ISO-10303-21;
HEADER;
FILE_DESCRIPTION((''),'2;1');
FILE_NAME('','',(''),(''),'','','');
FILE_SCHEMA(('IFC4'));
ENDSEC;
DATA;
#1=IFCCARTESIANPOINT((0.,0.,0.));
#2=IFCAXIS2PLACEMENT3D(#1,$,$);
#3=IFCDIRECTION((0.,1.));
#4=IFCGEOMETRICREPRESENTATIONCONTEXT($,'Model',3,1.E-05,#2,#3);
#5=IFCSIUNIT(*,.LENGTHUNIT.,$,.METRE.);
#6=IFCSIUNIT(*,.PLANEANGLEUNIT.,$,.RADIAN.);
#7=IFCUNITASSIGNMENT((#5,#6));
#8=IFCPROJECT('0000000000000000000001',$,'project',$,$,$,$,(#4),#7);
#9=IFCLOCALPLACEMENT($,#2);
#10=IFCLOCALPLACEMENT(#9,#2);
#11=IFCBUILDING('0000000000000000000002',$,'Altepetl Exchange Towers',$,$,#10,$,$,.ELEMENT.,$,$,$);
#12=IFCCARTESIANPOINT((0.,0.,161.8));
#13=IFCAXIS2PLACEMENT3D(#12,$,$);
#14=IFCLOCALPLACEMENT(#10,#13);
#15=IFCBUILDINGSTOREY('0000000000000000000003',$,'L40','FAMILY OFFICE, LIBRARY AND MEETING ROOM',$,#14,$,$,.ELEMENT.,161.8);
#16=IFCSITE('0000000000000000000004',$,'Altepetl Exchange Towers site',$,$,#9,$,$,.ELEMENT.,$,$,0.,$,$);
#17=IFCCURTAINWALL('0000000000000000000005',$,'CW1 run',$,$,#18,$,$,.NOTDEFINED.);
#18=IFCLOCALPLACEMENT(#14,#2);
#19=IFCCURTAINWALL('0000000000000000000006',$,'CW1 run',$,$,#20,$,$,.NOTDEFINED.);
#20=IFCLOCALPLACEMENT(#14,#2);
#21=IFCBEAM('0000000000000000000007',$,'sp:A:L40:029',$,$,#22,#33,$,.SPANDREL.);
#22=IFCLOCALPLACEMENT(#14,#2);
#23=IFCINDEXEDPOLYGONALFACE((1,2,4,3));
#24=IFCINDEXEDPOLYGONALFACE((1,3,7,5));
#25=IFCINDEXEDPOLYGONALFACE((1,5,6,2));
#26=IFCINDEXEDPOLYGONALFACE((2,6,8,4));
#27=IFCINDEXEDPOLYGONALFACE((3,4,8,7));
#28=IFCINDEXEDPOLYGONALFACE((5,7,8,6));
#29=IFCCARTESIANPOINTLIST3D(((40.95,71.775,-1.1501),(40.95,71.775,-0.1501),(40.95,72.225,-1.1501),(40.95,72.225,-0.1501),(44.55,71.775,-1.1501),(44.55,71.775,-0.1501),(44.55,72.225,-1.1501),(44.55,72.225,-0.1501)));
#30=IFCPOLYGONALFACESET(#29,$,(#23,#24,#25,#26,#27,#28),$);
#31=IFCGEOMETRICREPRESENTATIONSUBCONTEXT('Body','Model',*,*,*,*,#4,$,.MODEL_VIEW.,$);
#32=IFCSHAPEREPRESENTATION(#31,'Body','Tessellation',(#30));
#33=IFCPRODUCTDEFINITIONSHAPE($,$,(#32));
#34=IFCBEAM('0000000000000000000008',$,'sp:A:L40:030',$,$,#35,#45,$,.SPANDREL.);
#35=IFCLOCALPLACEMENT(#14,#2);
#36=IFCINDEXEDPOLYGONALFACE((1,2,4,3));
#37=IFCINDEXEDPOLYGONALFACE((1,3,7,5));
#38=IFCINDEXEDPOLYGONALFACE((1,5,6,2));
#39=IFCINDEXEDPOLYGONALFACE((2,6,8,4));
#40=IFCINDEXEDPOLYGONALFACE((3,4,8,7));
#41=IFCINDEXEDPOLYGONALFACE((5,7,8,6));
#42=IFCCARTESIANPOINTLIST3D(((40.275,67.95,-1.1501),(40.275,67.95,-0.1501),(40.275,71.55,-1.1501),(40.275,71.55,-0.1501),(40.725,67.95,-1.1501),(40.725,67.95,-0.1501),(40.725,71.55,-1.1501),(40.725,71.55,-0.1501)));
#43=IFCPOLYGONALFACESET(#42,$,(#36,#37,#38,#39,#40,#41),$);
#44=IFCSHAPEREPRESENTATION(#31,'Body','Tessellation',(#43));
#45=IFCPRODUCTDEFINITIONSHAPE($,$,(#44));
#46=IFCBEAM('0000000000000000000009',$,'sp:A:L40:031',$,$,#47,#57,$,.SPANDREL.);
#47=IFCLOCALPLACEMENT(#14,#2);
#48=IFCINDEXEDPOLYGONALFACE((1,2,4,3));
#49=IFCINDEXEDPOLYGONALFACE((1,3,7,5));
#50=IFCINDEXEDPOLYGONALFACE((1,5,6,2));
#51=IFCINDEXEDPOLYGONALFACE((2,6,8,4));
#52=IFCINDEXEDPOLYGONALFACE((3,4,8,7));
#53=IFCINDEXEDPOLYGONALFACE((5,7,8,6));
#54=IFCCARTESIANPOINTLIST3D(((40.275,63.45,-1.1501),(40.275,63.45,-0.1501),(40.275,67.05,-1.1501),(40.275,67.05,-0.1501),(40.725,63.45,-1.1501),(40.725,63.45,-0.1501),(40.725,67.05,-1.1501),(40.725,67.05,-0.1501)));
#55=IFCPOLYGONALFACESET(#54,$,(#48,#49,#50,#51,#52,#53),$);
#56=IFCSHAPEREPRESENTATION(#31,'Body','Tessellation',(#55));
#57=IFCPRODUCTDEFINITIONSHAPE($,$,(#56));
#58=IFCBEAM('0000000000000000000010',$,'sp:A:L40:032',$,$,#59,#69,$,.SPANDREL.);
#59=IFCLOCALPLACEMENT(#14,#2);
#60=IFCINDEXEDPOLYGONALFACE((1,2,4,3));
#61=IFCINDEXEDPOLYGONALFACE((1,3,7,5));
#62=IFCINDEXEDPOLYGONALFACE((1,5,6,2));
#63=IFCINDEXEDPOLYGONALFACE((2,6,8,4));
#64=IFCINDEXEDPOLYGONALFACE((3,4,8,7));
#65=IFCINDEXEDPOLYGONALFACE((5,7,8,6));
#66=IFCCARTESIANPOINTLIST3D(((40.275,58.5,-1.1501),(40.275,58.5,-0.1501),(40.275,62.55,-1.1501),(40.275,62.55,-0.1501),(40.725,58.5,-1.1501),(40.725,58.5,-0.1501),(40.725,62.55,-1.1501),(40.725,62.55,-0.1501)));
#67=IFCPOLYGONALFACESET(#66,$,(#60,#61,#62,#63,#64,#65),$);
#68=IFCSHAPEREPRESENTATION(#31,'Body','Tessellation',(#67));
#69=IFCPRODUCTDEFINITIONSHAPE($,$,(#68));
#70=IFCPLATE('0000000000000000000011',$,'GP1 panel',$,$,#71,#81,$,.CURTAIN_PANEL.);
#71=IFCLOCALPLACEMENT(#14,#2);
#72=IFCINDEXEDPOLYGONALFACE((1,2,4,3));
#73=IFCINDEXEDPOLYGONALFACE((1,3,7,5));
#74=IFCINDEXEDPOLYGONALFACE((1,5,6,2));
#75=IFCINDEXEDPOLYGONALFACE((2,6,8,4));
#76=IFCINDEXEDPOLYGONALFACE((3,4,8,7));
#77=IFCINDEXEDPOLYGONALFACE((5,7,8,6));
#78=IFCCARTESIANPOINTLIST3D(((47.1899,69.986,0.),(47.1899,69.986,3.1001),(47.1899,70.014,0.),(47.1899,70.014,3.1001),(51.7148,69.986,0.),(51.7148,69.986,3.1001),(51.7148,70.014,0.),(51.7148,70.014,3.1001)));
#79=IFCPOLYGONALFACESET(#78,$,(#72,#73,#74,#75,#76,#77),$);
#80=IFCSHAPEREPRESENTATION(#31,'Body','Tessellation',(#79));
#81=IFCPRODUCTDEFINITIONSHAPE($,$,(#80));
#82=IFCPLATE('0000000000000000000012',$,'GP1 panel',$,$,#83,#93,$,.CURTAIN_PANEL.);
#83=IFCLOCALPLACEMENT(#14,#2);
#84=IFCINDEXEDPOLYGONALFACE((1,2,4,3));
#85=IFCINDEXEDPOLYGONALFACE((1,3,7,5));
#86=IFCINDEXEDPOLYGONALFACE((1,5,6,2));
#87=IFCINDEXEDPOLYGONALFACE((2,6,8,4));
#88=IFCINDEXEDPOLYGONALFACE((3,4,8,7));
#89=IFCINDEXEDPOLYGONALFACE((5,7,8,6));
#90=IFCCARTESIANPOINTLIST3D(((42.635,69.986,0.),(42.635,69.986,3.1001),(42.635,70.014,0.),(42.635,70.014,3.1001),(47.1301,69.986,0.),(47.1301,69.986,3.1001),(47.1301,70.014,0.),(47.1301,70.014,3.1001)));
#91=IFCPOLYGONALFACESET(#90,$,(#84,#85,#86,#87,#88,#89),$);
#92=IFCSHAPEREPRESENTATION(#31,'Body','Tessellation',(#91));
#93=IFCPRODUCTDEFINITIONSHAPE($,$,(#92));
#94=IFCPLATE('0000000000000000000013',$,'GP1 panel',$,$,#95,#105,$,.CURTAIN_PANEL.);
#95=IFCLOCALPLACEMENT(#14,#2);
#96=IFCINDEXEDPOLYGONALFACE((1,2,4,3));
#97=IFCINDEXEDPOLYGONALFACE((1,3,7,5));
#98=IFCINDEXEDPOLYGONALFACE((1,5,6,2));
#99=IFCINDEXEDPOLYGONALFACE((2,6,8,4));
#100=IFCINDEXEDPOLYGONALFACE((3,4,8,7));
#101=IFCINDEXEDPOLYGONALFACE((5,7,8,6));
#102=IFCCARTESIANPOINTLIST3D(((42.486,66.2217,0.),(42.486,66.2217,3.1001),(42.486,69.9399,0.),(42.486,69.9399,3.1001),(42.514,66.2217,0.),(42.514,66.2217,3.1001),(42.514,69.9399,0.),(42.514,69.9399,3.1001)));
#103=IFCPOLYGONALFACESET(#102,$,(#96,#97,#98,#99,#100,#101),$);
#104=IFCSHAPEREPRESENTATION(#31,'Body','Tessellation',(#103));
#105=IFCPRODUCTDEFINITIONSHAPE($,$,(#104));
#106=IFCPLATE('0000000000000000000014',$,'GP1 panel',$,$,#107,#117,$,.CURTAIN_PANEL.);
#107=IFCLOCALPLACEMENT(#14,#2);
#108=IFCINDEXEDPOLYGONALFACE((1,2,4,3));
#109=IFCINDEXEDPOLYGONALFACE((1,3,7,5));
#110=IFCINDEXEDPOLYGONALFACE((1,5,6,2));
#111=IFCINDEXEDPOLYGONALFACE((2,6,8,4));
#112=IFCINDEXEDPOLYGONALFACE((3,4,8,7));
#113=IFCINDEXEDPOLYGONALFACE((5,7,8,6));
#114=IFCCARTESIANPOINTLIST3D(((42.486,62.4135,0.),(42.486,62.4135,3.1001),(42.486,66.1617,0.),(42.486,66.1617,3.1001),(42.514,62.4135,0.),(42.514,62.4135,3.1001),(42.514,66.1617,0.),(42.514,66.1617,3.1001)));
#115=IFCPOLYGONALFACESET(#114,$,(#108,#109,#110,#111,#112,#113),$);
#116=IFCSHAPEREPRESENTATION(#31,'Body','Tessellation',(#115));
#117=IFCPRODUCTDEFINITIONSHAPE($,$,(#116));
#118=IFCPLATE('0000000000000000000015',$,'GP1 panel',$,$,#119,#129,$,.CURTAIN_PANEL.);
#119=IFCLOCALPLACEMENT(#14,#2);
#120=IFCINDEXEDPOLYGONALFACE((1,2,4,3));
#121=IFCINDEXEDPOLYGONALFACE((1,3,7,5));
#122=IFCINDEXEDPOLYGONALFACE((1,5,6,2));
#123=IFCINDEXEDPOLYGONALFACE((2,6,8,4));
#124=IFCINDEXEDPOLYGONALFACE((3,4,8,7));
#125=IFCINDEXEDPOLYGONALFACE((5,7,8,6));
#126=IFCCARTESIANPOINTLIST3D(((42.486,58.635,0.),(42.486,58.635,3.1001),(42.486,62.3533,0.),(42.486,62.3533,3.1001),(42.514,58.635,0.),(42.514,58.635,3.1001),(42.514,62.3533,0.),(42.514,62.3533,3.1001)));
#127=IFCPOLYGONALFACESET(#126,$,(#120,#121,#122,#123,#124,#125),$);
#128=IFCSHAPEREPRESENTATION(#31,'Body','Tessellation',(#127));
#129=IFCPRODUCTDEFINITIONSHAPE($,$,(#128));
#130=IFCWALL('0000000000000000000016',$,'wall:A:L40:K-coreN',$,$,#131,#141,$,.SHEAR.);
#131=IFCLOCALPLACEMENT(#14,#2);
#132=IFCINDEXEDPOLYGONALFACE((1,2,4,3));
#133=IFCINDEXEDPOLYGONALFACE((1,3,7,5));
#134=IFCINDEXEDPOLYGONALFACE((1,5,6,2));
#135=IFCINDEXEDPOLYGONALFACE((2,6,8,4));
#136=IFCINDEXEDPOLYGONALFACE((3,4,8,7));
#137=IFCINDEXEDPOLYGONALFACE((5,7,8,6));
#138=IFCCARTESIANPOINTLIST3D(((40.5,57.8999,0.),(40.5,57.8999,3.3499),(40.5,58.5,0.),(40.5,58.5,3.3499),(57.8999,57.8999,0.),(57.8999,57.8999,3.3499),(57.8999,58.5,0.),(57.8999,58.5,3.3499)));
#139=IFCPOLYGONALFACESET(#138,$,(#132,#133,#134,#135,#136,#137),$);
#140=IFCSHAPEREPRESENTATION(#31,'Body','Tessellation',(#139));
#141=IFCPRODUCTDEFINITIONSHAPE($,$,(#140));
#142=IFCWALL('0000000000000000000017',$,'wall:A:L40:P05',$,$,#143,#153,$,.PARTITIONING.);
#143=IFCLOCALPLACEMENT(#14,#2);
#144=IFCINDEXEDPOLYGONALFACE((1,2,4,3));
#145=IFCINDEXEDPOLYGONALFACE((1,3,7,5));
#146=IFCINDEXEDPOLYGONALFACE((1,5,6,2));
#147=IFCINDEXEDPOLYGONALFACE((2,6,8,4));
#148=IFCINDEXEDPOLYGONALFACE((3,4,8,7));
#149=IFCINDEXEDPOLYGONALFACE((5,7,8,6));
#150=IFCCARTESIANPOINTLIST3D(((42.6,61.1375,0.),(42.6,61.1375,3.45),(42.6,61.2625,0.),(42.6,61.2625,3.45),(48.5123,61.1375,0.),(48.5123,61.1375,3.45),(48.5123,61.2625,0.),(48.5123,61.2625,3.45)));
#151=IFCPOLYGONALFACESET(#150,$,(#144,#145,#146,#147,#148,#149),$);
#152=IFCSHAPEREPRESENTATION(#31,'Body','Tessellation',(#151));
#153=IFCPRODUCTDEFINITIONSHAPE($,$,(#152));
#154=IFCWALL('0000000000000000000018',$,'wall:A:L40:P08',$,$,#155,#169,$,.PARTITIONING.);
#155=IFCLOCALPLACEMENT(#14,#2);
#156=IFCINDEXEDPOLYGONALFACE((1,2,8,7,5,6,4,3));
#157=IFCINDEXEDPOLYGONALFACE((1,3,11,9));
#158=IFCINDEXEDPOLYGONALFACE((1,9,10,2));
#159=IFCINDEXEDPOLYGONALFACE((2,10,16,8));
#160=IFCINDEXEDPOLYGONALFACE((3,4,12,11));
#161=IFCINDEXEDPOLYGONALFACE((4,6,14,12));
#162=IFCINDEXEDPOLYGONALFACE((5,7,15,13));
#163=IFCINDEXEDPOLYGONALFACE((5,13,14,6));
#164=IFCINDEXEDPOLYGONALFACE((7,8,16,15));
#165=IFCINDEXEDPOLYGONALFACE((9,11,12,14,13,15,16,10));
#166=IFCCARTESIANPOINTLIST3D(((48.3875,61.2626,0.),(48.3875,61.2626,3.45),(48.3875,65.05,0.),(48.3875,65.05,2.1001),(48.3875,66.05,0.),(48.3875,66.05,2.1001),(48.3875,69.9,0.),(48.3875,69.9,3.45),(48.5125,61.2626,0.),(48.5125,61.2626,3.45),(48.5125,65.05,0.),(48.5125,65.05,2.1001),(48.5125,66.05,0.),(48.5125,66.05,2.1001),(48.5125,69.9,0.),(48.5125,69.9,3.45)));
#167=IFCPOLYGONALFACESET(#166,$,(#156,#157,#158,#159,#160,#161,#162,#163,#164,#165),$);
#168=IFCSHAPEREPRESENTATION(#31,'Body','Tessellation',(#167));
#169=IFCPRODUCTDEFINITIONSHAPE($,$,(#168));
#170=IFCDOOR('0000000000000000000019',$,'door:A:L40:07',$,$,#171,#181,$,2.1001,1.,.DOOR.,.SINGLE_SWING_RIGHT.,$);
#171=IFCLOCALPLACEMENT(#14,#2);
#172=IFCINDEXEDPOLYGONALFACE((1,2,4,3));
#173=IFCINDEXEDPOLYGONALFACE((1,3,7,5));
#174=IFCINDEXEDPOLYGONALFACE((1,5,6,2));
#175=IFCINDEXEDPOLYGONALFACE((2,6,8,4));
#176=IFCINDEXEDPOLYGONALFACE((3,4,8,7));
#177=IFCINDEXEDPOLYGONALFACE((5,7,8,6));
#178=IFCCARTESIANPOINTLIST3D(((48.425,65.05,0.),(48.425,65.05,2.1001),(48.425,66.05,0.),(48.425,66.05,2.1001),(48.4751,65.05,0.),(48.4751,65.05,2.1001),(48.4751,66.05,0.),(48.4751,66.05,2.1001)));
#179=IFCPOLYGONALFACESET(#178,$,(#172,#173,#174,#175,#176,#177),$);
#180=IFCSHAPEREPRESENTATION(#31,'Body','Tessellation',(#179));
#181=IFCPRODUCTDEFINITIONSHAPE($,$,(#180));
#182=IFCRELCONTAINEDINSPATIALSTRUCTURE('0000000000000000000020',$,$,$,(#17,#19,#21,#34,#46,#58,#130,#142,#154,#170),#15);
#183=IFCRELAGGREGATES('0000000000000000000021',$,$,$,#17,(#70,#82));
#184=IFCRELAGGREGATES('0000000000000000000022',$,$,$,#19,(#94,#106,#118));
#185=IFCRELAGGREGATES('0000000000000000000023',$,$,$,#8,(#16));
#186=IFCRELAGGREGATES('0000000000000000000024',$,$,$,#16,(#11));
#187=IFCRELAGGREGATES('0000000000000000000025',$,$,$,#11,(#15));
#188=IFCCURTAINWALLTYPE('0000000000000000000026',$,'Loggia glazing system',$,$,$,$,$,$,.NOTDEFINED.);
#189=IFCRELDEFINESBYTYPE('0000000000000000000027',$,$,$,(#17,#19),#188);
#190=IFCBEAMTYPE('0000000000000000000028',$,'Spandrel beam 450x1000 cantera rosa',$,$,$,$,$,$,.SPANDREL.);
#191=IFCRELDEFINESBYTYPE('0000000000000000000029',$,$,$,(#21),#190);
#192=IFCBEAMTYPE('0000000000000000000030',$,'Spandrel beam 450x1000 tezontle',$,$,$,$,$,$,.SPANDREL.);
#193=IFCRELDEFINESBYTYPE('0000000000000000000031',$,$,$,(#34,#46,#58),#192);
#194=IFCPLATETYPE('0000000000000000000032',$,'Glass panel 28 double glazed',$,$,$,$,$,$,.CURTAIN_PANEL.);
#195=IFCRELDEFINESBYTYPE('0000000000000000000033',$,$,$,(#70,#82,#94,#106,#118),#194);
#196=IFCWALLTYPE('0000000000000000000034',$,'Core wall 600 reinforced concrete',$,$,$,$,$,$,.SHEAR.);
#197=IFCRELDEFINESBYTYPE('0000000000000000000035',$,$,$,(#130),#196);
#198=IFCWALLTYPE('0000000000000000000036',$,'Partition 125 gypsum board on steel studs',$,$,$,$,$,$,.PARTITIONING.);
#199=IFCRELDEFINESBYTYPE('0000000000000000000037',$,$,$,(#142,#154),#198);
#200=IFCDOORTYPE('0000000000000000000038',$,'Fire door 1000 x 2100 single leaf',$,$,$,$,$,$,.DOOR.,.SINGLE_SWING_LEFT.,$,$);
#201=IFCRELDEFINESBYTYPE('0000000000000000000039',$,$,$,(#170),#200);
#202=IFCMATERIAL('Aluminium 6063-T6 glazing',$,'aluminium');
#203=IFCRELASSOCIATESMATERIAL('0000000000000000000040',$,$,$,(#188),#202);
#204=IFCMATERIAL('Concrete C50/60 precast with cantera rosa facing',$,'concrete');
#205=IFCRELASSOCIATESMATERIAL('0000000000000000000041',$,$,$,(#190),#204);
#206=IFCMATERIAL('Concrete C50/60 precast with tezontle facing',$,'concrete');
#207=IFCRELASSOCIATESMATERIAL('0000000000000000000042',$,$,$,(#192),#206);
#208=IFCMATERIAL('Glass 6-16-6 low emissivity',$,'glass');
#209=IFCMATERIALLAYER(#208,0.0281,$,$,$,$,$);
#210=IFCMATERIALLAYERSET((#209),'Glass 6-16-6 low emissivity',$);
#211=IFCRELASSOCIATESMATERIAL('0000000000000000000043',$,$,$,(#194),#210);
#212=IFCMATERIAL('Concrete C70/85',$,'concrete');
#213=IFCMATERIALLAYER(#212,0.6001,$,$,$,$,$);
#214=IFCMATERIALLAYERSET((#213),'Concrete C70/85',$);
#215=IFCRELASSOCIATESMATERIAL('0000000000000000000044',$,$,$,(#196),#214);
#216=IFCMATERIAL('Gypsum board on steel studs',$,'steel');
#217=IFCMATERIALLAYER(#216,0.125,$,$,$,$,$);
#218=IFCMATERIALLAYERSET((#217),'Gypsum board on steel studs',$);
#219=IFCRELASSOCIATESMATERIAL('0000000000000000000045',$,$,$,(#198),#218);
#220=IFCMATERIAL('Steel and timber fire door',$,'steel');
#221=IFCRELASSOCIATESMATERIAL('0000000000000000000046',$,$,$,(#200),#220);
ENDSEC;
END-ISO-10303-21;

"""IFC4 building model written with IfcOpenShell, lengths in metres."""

from ifc_helpers import new_model, si_unit, direction, frame, frame_2d, origin, origin_2d, place, context, subcontext, project, spatial, rectangle, extrude, material, layer, layer_set, material_profile, profile_set, type_object, element, fill, aggregate, save


model = new_model("IFC4")

# Units and contexts
model_context = context("Model", 3, precision=1e-05, world=origin(), true_north=direction((0.0, 1.0)))
body_context = subcontext(model_context, "Body", "Model", "MODEL_VIEW")
ifc_project = project(units=[si_unit("LENGTHUNIT", "METRE"), si_unit("PLANEANGLEUNIT", "RADIAN")], contexts=[model_context])

# Site, building, storey
site_placement = place(None, origin())
site = spatial("IfcSite", under=ifc_project, at=site_placement, Name="Altepetl Exchange Towers site", CompositionType="ELEMENT", RefElevation=0.0)
building_placement = place(site_placement, origin())
building = spatial("IfcBuilding", under=site, at=building_placement, Name="Altepetl Exchange Towers", CompositionType="ELEMENT")
storey_placement = place(building_placement, frame((0.0, 0.0, 161.8)))
storey = spatial("IfcBuildingStorey", under=building, at=storey_placement, Name="L40", Description="FAMILY OFFICE, LIBRARY AND MEETING ROOM", CompositionType="ELEMENT", Elevation=161.8)

# Curtain walls
ifc_material_1 = material(Name="Aluminium 6063-T6 glazing", Category="aluminium")
curtain_wall_type = type_object("IfcCurtainWallType", Name="Loggia glazing system", PredefinedType="NOTDEFINED", material=ifc_material_1)
curtain_wall_1_placement = place(storey_placement, origin())
curtain_wall_1 = element("IfcCurtainWall", 1, at=curtain_wall_1_placement, inside=storey, type_object=curtain_wall_type, Name="CW1 run", PredefinedType="NOTDEFINED")
curtain_wall_2_placement = place(storey_placement, origin())
curtain_wall_2 = element("IfcCurtainWall", 2, at=curtain_wall_2_placement, inside=storey, type_object=curtain_wall_type, Name="CW1 run", PredefinedType="NOTDEFINED")

# Beams
ifc_material_2 = material(Name="Concrete C50/60 precast with cantera rosa facing", Category="concrete")
ifc_material_profile_1 = material_profile(ifc_material_2, rectangle(XDim=0.45, YDim=1.0, at=origin_2d()), Name="450 x 1000")
ifc_profile_set_1 = profile_set([ifc_material_profile_1], Name="Concrete C50/60 precast with cantera rosa facing")
beam_type_1 = type_object("IfcBeamType", Name="Spandrel beam 450x1000 cantera rosa", PredefinedType="SPANDREL", material=ifc_profile_set_1)
for number, where, z_axis, x_axis, name in (
    (3, (44.55, 72.0, -0.6501), (-1.0, 0.0, 0.0), (0.0, -1.0, 0.0), "sp:A:L40:029"),
):
    element("IfcBeam", number, at=place(storey_placement, frame(where, z_axis=z_axis, x_axis=x_axis)), inside=storey, type_object=beam_type_1, Name=name, PredefinedType="SPANDREL", context=body_context, shape_type="SweptSolid", body=[
        extrude(rectangle(XDim=0.45, YDim=1.0, at=origin_2d()), origin(), (0.0, 0.0, 1.0), 3.6001),
    ])
ifc_material_3 = material(Name="Concrete C50/60 precast with tezontle facing", Category="concrete")
ifc_material_profile_2 = material_profile(ifc_material_3, rectangle(XDim=0.45, YDim=1.0, at=origin_2d()), Name="450 x 1000")
ifc_profile_set_2 = profile_set([ifc_material_profile_2], Name="Concrete C50/60 precast with tezontle facing")
beam_type_2 = type_object("IfcBeamType", Name="Spandrel beam 450x1000 tezontle", PredefinedType="SPANDREL", material=ifc_profile_set_2)
for number, where, z_axis, x_axis, name in (
    (4, (40.5, 71.55, -0.6501), (0.0, -1.0, 0.0), (1.0, 0.0, 0.0), "sp:A:L40:030"),
    (5, (40.5, 67.05, -0.6501), (0.0, -1.0, 0.0), (1.0, 0.0, 0.0), "sp:A:L40:031"),
):
    element("IfcBeam", number, at=place(storey_placement, frame(where, z_axis=z_axis, x_axis=x_axis)), inside=storey, type_object=beam_type_2, Name=name, PredefinedType="SPANDREL", context=body_context, shape_type="SweptSolid", body=[
        extrude(rectangle(XDim=0.45, YDim=1.0, at=origin_2d()), origin(), (0.0, 0.0, 1.0), 3.6001),
    ])
beam_1_placement = place(storey_placement, frame((40.5, 62.55, -0.6501), z_axis=(0.0, -1.0, 0.0), x_axis=(1.0, 0.0, 0.0)))
element("IfcBeam", 6, at=beam_1_placement, inside=storey, type_object=beam_type_2, Name="sp:A:L40:032", PredefinedType="SPANDREL", context=body_context, shape_type="SweptSolid", body=[
    extrude(rectangle(XDim=0.45, YDim=1.0, at=origin_2d()), origin(), (0.0, 0.0, 1.0), 4.05),
])

# Plates
ifc_material_4 = material(Name="Glass 6-16-6 low emissivity", Category="glass")
ifc_layer_1 = layer(ifc_material_4, 0.0281)
ifc_layer_set_1 = layer_set([ifc_layer_1], Name="Glass 6-16-6 low emissivity")
plate_type = type_object("IfcPlateType", Name="Glass panel 28 double glazed", PredefinedType="CURTAIN_PANEL", material=ifc_layer_set_1)
plate_1_placement = place(storey_placement, frame((49.4524, 70.0, 0.0), z_axis=(0.0, 0.0, 1.0), x_axis=(-1.0, 0.0, 0.0)))
plate_1 = element("IfcPlate", 7, at=plate_1_placement, type_object=plate_type, Name="GP1 panel", PredefinedType="CURTAIN_PANEL", context=body_context, shape_type="SweptSolid", body=[
    extrude(rectangle(XDim=4.5249, YDim=0.0281, at=origin_2d()), origin(), (0.0, 0.0, 1.0), 3.1001),
])
plate_2_placement = place(storey_placement, frame((44.8826, 70.0, 0.0), z_axis=(0.0, 0.0, 1.0), x_axis=(-1.0, 0.0, 0.0)))
plate_2 = element("IfcPlate", 8, at=plate_2_placement, type_object=plate_type, Name="GP1 panel", PredefinedType="CURTAIN_PANEL", context=body_context, shape_type="SweptSolid", body=[
    extrude(rectangle(XDim=4.4951, YDim=0.0281, at=origin_2d()), origin(), (0.0, 0.0, 1.0), 3.1001),
])
aggregate(curtain_wall_1, [plate_1, plate_2])
plate_3_placement = place(storey_placement, frame((42.5, 68.0808, 0.0), z_axis=(0.0, 0.0, 1.0), x_axis=(0.0, -1.0, 0.0)))
plate_3 = element("IfcPlate", 9, at=plate_3_placement, type_object=plate_type, Name="GP1 panel", PredefinedType="CURTAIN_PANEL", context=body_context, shape_type="SweptSolid", body=[
    extrude(rectangle(XDim=3.7183, YDim=0.0281, at=origin_2d()), origin(), (0.0, 0.0, 1.0), 3.1001),
])
plate_4_placement = place(storey_placement, frame((42.5, 64.2876, 0.0), z_axis=(0.0, 0.0, 1.0), x_axis=(0.0, -1.0, 0.0)))
plate_4 = element("IfcPlate", 10, at=plate_4_placement, type_object=plate_type, Name="GP1 panel", PredefinedType="CURTAIN_PANEL", context=body_context, shape_type="SweptSolid", body=[
    extrude(rectangle(XDim=3.7483, YDim=0.0281, at=origin_2d()), origin(), (0.0, 0.0, 1.0), 3.1001),
])
plate_5_placement = place(storey_placement, frame((42.5, 60.4941, 0.0), z_axis=(0.0, 0.0, 1.0), x_axis=(0.0, -1.0, 0.0)))
plate_5 = element("IfcPlate", 11, at=plate_5_placement, type_object=plate_type, Name="GP1 panel", PredefinedType="CURTAIN_PANEL", context=body_context, shape_type="SweptSolid", body=[
    extrude(rectangle(XDim=3.7183, YDim=0.0281, at=origin_2d()), origin(), (0.0, 0.0, 1.0), 3.1001),
])
aggregate(curtain_wall_2, [plate_3, plate_4, plate_5])

# Walls
ifc_material_5 = material(Name="Concrete C70/85", Category="concrete")
ifc_layer_2 = layer(ifc_material_5, 0.6001)
ifc_layer_set_2 = layer_set([ifc_layer_2], Name="Concrete C70/85")
wall_type_1 = type_object("IfcWallType", Name="Core wall 600 reinforced concrete", PredefinedType="SHEAR", material=ifc_layer_set_2)
wall_1_placement = place(storey_placement, frame((40.5, 58.2, 0.0)))
element("IfcWall", 12, at=wall_1_placement, inside=storey, type_object=wall_type_1, Name="wall:A:L40:K-coreN", PredefinedType="SHEAR", context=body_context, shape_type="SweptSolid", body=[
    extrude(rectangle(XDim=17.3999, YDim=0.6001, at=frame_2d((8.7, 0.0))), origin(), (0.0, 0.0, 1.0), 3.3499),
])
ifc_material_6 = material(Name="Gypsum board on steel studs", Category="steel")
ifc_layer_3 = layer(ifc_material_6, 0.125)
ifc_layer_set_3 = layer_set([ifc_layer_3], Name="Gypsum board on steel studs")
wall_type_2 = type_object("IfcWallType", Name="Partition 125 gypsum board on steel studs", PredefinedType="PARTITIONING", material=ifc_layer_set_3)
wall_2_placement = place(storey_placement, frame((42.6001, 61.2, 0.0)))
element("IfcWall", 13, at=wall_2_placement, inside=storey, type_object=wall_type_2, Name="wall:A:L40:P05", PredefinedType="PARTITIONING", context=body_context, shape_type="SweptSolid", body=[
    extrude(rectangle(XDim=5.9124, YDim=0.125, at=frame_2d((2.9561, 0.0))), origin(), (0.0, 0.0, 1.0), 3.45),
])

# Wall, opening, door
wall_3_placement = place(storey_placement, frame((48.45, 61.2625, 0.0), z_axis=(0.0, 0.0, 1.0), x_axis=(0.0, 1.0, 0.0)))
wall_3 = element("IfcWall", 14, at=wall_3_placement, inside=storey, type_object=wall_type_2, Name="wall:A:L40:P08", PredefinedType="PARTITIONING", context=body_context, shape_type="SweptSolid", body=[
    extrude(rectangle(XDim=8.6375, YDim=0.125, at=frame_2d((4.3188, 0.0))), origin(), (0.0, 0.0, 1.0), 3.45),
])
opening_1_placement = place(wall_3_placement, frame((3.7876, 0.0, 0.0)))
opening_1 = element("IfcOpeningElement", 15, at=opening_1_placement, cuts=wall_3, PredefinedType="OPENING", context=body_context, shape_type="SweptSolid", body=[
    extrude(rectangle(XDim=1.0, YDim=2.1001, at=frame_2d((0.5, 1.05))), frame((0.0, 0.0725, 0.0), z_axis=(0.0, -1.0, 0.0), x_axis=(1.0, 0.0, 0.0)), (0.0, 0.0, 1.0), 0.145),
])
ifc_material_7 = material(Name="Steel and timber fire door", Category="steel")
door_type_1 = type_object("IfcDoorType", Name="Fire door 1000 x 2100 single leaf", OperationType="SINGLE_SWING_LEFT", PredefinedType="DOOR", material=ifc_material_7)
door_1_placement = place(opening_1_placement, origin())
door_1 = element("IfcDoor", 16, at=door_1_placement, inside=storey, type_object=door_type_1, Name="door:A:L40:07", OperationType="SINGLE_SWING_RIGHT", OverallHeight=2.1001, OverallWidth=1.0, PredefinedType="DOOR", context=body_context, shape_type="SweptSolid", body=[
    extrude(rectangle(XDim=1.0, YDim=2.1001, at=frame_2d((0.5, 1.05))), frame((0.0, 0.0249, 0.0), z_axis=(0.0, -1.0, 0.0), x_axis=(1.0, 0.0, 0.0)), (0.0, 0.0, 1.0), 0.05),
])
fill(opening_1, door_1)

save(model, "model.ifc")
